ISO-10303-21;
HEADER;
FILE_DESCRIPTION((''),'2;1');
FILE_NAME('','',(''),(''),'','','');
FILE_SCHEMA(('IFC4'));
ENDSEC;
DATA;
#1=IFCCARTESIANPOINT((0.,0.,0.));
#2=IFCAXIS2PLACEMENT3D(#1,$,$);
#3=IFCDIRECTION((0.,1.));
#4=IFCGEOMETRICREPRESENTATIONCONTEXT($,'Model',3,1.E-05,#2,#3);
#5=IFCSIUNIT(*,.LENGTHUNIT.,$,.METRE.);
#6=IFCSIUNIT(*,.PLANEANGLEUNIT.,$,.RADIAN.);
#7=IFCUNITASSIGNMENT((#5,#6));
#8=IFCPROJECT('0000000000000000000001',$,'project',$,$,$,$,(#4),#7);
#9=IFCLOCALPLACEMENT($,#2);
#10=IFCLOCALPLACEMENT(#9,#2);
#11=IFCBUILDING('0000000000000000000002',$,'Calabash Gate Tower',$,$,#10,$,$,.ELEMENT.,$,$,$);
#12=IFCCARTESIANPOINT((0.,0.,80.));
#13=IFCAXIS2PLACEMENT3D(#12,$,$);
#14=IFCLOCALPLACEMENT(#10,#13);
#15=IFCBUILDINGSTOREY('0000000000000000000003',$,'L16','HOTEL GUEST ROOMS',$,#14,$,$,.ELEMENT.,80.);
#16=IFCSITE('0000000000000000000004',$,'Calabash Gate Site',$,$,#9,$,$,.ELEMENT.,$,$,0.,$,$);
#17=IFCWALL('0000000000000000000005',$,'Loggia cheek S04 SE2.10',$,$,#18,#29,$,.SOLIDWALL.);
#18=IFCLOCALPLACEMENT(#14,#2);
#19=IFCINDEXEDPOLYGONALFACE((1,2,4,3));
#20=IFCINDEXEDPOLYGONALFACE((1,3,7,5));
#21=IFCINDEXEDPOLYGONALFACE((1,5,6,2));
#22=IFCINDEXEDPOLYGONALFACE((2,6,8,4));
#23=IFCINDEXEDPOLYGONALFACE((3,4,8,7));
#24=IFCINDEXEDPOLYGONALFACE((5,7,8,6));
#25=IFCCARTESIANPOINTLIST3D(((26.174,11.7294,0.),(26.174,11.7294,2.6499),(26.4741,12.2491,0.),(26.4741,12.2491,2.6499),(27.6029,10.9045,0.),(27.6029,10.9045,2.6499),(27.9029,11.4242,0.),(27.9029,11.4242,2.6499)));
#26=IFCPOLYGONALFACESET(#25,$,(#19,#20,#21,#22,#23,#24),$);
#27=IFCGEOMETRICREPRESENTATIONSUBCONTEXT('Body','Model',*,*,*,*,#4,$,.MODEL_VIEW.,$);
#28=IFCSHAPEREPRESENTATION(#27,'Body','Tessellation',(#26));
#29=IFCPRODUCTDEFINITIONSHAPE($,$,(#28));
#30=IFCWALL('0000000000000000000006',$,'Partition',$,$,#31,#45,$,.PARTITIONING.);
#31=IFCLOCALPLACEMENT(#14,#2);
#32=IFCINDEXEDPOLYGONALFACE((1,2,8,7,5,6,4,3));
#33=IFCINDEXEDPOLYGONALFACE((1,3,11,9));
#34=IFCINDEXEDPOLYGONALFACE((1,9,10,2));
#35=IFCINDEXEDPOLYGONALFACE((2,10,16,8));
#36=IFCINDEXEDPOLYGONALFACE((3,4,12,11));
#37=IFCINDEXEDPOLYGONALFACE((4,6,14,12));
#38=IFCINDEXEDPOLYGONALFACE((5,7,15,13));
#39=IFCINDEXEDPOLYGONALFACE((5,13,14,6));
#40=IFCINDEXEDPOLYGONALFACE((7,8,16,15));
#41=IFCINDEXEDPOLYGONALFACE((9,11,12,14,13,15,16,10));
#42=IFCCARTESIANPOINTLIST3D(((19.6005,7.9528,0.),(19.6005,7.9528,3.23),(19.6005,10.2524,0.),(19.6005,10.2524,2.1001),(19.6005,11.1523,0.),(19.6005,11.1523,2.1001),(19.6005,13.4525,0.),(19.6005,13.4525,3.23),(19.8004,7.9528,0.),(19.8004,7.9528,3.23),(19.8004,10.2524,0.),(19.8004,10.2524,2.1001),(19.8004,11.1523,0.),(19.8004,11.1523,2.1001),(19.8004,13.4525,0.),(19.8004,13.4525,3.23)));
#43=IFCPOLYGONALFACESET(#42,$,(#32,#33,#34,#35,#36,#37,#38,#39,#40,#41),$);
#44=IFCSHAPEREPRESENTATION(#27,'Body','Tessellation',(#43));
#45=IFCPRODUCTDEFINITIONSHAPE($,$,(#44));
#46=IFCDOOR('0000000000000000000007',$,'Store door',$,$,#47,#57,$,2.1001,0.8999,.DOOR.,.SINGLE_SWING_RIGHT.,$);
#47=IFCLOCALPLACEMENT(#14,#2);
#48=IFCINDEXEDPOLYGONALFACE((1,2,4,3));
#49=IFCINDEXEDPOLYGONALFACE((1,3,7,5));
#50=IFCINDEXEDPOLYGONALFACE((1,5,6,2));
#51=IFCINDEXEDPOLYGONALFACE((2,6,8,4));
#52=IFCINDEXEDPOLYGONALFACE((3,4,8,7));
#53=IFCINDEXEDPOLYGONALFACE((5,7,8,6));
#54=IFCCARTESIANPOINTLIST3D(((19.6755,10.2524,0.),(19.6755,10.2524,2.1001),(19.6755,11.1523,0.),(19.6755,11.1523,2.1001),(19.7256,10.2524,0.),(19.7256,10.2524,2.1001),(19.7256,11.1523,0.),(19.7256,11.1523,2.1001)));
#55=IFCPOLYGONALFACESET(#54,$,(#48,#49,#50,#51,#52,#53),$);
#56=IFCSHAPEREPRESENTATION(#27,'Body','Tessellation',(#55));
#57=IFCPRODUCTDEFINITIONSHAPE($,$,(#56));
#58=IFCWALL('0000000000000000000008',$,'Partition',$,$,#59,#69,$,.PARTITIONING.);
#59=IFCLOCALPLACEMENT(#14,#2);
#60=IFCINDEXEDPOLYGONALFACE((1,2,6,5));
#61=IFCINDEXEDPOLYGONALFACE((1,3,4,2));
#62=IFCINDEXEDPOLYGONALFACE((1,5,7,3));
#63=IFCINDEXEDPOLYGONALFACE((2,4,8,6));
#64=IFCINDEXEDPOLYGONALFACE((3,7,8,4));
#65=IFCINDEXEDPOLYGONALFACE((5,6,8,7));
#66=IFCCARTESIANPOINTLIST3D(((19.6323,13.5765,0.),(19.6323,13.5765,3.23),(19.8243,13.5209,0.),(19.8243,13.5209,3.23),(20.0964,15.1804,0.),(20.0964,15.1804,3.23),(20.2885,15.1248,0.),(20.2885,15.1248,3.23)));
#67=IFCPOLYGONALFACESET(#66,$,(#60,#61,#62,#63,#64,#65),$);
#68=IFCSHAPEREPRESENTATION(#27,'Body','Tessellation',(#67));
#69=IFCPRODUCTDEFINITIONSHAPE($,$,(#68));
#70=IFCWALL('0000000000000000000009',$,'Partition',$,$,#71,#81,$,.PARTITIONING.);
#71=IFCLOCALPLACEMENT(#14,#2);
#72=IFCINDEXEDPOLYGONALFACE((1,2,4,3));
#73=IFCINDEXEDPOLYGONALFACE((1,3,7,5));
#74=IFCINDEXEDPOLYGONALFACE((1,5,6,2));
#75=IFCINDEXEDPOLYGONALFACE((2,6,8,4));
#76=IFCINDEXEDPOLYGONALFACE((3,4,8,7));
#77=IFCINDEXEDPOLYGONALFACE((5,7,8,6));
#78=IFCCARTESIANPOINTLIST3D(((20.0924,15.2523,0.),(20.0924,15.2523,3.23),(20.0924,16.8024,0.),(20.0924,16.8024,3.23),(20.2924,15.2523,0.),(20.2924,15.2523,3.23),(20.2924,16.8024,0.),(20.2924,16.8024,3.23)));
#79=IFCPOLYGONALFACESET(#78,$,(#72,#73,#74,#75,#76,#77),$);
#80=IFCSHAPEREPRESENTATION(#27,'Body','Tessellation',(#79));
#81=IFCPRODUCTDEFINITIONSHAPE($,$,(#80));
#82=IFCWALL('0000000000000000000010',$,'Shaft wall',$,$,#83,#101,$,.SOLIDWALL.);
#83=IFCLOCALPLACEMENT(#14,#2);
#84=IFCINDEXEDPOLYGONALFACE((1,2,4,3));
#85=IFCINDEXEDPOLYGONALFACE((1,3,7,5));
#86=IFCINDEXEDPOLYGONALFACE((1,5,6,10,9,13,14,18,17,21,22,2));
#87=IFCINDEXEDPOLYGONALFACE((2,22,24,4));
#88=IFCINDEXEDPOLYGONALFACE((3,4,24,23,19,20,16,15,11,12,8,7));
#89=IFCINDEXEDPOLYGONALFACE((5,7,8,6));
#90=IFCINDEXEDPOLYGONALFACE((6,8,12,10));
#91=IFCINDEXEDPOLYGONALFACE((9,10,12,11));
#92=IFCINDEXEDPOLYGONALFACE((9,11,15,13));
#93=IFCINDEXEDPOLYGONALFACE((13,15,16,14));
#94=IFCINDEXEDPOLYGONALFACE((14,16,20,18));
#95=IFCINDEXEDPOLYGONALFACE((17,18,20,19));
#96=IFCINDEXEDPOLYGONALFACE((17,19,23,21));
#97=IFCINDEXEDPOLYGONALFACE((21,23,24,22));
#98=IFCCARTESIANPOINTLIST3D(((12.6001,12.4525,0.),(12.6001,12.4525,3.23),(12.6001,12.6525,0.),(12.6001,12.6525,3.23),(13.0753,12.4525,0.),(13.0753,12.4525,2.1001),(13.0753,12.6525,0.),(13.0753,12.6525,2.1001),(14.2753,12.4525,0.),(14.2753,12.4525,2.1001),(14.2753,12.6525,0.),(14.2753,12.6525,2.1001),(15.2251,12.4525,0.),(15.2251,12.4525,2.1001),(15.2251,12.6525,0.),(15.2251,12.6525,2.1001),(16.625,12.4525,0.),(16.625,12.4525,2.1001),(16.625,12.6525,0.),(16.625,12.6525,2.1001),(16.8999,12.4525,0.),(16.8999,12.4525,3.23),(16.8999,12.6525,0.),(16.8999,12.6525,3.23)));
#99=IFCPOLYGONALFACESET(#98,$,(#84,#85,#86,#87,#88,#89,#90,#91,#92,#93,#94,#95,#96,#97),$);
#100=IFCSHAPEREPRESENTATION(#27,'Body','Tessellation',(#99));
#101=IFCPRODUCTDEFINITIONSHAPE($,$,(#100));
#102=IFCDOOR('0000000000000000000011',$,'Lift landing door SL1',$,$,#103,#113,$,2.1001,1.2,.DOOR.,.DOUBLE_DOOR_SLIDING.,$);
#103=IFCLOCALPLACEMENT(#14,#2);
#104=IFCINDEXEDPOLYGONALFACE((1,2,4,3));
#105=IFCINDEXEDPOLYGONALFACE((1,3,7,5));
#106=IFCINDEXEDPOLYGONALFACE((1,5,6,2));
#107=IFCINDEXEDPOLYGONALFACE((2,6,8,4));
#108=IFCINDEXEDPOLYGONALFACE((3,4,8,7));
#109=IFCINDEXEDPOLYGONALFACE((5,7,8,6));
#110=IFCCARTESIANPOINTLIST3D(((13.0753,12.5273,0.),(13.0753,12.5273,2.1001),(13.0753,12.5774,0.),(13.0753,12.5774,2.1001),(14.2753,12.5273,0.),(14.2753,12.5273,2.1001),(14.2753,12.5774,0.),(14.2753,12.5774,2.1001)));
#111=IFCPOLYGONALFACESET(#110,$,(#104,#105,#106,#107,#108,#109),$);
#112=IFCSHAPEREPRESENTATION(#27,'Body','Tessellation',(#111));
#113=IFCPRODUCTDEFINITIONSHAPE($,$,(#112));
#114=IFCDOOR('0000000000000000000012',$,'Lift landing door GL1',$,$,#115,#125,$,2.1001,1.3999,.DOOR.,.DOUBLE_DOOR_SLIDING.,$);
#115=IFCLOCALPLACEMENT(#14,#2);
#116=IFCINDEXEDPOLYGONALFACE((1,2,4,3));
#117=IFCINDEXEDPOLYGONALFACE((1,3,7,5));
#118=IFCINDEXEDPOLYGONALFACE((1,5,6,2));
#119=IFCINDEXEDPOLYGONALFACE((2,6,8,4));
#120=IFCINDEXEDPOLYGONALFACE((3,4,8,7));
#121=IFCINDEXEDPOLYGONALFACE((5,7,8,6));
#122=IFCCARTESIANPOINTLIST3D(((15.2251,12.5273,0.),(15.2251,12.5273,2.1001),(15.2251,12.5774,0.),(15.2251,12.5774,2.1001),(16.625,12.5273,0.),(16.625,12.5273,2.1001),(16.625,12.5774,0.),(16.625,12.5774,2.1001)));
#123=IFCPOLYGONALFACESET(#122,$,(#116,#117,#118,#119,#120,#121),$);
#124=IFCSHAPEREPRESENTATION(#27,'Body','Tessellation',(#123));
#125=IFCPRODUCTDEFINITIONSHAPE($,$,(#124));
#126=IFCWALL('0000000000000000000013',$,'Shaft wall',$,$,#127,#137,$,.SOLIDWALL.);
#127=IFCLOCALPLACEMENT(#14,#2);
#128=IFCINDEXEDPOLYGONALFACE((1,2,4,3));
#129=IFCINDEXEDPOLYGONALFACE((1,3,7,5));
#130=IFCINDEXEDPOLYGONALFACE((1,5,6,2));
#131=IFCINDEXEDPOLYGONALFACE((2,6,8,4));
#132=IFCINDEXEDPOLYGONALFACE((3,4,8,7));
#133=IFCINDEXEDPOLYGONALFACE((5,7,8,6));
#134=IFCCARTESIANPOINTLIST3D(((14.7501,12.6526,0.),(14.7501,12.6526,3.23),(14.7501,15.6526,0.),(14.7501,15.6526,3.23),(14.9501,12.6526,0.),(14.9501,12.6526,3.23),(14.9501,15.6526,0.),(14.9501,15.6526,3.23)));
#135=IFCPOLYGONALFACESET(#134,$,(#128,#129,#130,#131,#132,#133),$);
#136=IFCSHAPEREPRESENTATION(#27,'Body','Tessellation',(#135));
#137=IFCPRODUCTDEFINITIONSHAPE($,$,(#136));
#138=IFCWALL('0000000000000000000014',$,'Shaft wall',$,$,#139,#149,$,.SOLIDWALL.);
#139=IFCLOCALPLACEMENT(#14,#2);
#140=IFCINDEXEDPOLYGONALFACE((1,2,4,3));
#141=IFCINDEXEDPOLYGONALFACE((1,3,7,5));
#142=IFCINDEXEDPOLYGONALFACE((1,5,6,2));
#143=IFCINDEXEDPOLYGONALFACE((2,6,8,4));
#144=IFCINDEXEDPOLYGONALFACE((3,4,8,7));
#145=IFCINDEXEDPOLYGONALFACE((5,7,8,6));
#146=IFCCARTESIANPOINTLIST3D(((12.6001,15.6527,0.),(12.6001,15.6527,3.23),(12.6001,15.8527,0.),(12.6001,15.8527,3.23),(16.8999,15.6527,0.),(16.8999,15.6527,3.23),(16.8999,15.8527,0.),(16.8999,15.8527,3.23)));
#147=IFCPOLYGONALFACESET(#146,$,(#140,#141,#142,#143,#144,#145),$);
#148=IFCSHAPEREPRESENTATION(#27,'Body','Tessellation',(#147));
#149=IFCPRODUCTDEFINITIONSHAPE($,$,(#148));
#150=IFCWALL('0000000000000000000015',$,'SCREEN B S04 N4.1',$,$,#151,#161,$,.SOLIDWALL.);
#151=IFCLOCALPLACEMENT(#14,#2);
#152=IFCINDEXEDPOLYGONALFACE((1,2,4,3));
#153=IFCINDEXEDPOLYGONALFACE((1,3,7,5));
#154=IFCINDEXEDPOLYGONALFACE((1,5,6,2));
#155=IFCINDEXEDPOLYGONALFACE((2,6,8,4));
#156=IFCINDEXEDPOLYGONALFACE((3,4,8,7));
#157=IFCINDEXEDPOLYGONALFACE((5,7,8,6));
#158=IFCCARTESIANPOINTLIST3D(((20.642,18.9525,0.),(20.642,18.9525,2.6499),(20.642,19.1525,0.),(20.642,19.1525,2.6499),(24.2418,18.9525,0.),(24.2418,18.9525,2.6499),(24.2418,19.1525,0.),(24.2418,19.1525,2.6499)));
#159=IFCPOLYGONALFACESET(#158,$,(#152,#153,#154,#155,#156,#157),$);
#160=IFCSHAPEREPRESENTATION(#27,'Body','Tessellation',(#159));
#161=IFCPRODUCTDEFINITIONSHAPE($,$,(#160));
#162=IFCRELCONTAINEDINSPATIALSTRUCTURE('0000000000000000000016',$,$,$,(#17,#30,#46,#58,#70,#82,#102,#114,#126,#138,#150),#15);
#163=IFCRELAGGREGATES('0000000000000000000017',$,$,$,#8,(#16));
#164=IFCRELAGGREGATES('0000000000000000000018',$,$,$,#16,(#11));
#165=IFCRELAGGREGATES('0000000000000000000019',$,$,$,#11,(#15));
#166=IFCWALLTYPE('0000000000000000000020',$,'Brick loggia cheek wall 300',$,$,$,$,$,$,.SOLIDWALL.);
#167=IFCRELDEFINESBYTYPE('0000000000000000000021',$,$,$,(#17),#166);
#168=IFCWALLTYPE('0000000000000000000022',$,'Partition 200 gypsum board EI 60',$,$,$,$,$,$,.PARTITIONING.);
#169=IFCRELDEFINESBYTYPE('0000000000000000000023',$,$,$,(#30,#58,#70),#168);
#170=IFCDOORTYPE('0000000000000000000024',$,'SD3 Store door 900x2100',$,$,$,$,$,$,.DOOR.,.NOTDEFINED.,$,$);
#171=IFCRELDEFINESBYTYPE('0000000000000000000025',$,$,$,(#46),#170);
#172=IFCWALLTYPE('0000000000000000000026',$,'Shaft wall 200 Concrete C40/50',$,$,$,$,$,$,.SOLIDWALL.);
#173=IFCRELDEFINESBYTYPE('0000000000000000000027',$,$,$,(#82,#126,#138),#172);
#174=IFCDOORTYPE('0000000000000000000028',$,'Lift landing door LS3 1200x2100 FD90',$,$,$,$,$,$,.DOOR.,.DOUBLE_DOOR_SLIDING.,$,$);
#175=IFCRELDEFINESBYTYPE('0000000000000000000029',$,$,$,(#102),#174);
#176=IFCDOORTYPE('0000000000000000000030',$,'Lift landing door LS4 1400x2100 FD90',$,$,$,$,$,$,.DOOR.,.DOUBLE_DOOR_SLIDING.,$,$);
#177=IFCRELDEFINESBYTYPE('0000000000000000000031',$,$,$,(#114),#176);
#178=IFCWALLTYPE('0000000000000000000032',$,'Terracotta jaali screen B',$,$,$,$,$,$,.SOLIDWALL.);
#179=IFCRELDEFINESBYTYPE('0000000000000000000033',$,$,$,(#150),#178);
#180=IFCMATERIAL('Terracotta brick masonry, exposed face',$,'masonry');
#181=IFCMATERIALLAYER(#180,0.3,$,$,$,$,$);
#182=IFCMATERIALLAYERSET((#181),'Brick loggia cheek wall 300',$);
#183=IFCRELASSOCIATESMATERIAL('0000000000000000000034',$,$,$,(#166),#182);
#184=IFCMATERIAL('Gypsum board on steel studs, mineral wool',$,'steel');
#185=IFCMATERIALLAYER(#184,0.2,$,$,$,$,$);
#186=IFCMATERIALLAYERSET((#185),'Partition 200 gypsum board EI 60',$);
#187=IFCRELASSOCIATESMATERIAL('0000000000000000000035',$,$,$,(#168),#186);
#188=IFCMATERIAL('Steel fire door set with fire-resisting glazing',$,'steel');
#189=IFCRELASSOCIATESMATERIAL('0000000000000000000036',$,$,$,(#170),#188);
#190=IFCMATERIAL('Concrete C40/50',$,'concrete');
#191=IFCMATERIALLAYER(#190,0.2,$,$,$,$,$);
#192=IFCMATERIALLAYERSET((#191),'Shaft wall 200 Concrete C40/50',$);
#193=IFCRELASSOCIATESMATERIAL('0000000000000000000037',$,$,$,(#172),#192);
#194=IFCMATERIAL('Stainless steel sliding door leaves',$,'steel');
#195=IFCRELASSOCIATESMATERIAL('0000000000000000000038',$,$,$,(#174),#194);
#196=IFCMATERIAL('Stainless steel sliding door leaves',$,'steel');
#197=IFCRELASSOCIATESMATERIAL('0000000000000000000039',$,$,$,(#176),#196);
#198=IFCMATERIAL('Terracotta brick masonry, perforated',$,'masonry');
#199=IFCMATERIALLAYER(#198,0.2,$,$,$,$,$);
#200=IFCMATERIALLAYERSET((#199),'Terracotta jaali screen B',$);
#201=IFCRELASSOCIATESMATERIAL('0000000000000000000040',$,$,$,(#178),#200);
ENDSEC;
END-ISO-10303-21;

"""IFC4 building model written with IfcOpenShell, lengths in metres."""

from ifc_helpers import new_model, si_unit, direction, frame, frame_2d, origin, place, context, subcontext, project, spatial, rectangle, extrude, material, layer, layer_set, type_object, element, fill, save


model = new_model("IFC4")

# Units and contexts
model_context = context("Model", 3, precision=1e-05, world=origin(), true_north=direction((0.0, 1.0)))
body_context = subcontext(model_context, "Body", "Model", "MODEL_VIEW")
ifc_project = project(units=[si_unit("LENGTHUNIT", "METRE"), si_unit("PLANEANGLEUNIT", "RADIAN")], contexts=[model_context])

# Site, building, storey
site_placement = place(None, origin())
site = spatial("IfcSite", under=ifc_project, at=site_placement, Name="Calabash Gate Site", CompositionType="ELEMENT", RefElevation=0.0)
building_placement = place(site_placement, origin())
building = spatial("IfcBuilding", under=site, at=building_placement, Name="Calabash Gate Tower", CompositionType="ELEMENT")
storey_placement = place(building_placement, frame((0.0, 0.0, 80.0)))
storey = spatial("IfcBuildingStorey", under=building, at=storey_placement, Name="L16", Description="HOTEL GUEST ROOMS", CompositionType="ELEMENT", Elevation=80.0)

# Wall
ifc_material_1 = material(Name="Terracotta brick masonry, exposed face", Category="masonry")
ifc_layer_1 = layer(ifc_material_1, 0.3)
ifc_layer_set_1 = layer_set([ifc_layer_1], Name="Brick loggia cheek wall 300")
wall_type_1 = type_object("IfcWallType", Name="Brick loggia cheek wall 300", PredefinedType="SOLIDWALL", material=ifc_layer_set_1)
wall_1_placement = place(storey_placement, frame((27.7529, 11.1643, 0.0), z_axis=(0.0, 0.0, 1.0), x_axis=(-0.86604, 0.499974, 0.0)))
element("IfcWall", 1, at=wall_1_placement, inside=storey, type_object=wall_type_1, Name="Loggia cheek S04 SE2.10", PredefinedType="SOLIDWALL", context=body_context, shape_type="SweptSolid", body=[
    extrude(rectangle(XDim=1.6499, YDim=0.6001, at=frame_2d((0.825, 0.0))), origin(), (0.0, 0.0, 1.0), 2.6499),
])

# Wall, opening, door
ifc_material_2 = material(Name="Gypsum board on steel studs, mineral wool", Category="steel")
ifc_layer_2 = layer(ifc_material_2, 0.2)
ifc_layer_set_2 = layer_set([ifc_layer_2], Name="Partition 200 gypsum board EI 60")
wall_type_2 = type_object("IfcWallType", Name="Partition 200 gypsum board EI 60", PredefinedType="PARTITIONING", material=ifc_layer_set_2)
wall_2_placement = place(storey_placement, frame((19.7004, 7.9526, 0.0), z_axis=(0.0, 0.0, 1.0), x_axis=(0.0, 1.0, 0.0)))
wall_2 = element("IfcWall", 2, at=wall_2_placement, inside=storey, type_object=wall_type_2, Name="Partition", PredefinedType="PARTITIONING", context=body_context, shape_type="SweptSolid", body=[
    extrude(rectangle(XDim=5.4998, YDim=0.2, at=frame_2d((2.75, 0.0))), origin(), (0.0, 0.0, 1.0), 3.23),
])
opening_1_placement = place(wall_2_placement, frame((2.2998, 0.0, 0.0)))
opening_1 = element("IfcOpeningElement", 3, at=opening_1_placement, cuts=wall_2, PredefinedType="OPENING", context=body_context, shape_type="SweptSolid", body=[
    extrude(rectangle(XDim=0.8999, YDim=2.1001, at=frame_2d((0.45, 1.05))), frame((0.0, 0.1099, 0.0), z_axis=(0.0, -1.0, 0.0), x_axis=(1.0, 0.0, 0.0)), (0.0, 0.0, 1.0), 0.22),
])
ifc_material_3 = material(Name="Steel fire door set with fire-resisting glazing", Category="steel")
door_type_1 = type_object("IfcDoorType", Name="SD3 Store door 900x2100", OperationType="NOTDEFINED", PredefinedType="DOOR", material=ifc_material_3)
door_1_placement = place(opening_1_placement, origin())
door_1 = element("IfcDoor", 4, at=door_1_placement, inside=storey, type_object=door_type_1, Name="Store door", OperationType="SINGLE_SWING_RIGHT", OverallHeight=2.1001, OverallWidth=0.8999, PredefinedType="DOOR", context=body_context, shape_type="SweptSolid", body=[
    extrude(rectangle(XDim=0.8999, YDim=2.1001, at=frame_2d((0.45, 1.05))), frame((0.0, 0.0249, 0.0), z_axis=(0.0, -1.0, 0.0), x_axis=(1.0, 0.0, 0.0)), (0.0, 0.0, 1.0), 0.05),
])
fill(opening_1, door_1)

# Walls
wall_3_placement = place(storey_placement, frame((19.7283, 13.5486, 0.0), z_axis=(0.0, 0.0, 1.0), x_axis=(0.277984, 0.960586, 0.0)))
element("IfcWall", 5, at=wall_3_placement, inside=storey, type_object=wall_type_2, Name="Partition", PredefinedType="PARTITIONING", context=body_context, shape_type="SweptSolid", body=[
    extrude(rectangle(XDim=1.6697, YDim=0.2, at=frame_2d((0.835, 0.0))), origin(), (0.0, 0.0, 1.0), 3.23),
])
wall_4_placement = place(storey_placement, frame((20.1924, 15.2524, 0.0), z_axis=(0.0, 0.0, 1.0), x_axis=(0.0, 1.0, 0.0)))
element("IfcWall", 6, at=wall_4_placement, inside=storey, type_object=wall_type_2, Name="Partition", PredefinedType="PARTITIONING", context=body_context, shape_type="SweptSolid", body=[
    extrude(rectangle(XDim=1.55, YDim=0.2, at=frame_2d((0.7749, 0.0))), origin(), (0.0, 0.0, 1.0), 3.23),
])

# Wall, openings, doors
ifc_material_4 = material(Name="Concrete C40/50", Category="concrete")
ifc_layer_3 = layer(ifc_material_4, 0.2)
ifc_layer_set_3 = layer_set([ifc_layer_3], Name="Shaft wall 200 Concrete C40/50")
wall_type_3 = type_object("IfcWallType", Name="Shaft wall 200 Concrete C40/50", PredefinedType="SOLIDWALL", material=ifc_layer_set_3)
wall_5_placement = place(storey_placement, frame((12.6001, 12.5525, 0.0), z_axis=(0.0, 0.0, 1.0), x_axis=(1.0, 0.0, 0.0)))
wall_5 = element("IfcWall", 7, at=wall_5_placement, inside=storey, type_object=wall_type_3, Name="Shaft wall", PredefinedType="SOLIDWALL", context=body_context, shape_type="SweptSolid", body=[
    extrude(rectangle(XDim=4.2998, YDim=0.2, at=frame_2d((2.1499, 0.0))), origin(), (0.0, 0.0, 1.0), 3.23),
])
opening_2_placement = place(wall_5_placement, frame((0.4751, 0.0, 0.0)))
opening_2 = element("IfcOpeningElement", 8, at=opening_2_placement, cuts=wall_5, PredefinedType="OPENING", context=body_context, shape_type="SweptSolid", body=[
    extrude(rectangle(XDim=1.2, YDim=2.1001, at=frame_2d((0.6001, 1.05))), frame((0.0, 0.1099, 0.0), z_axis=(0.0, -1.0, 0.0), x_axis=(1.0, 0.0, 0.0)), (0.0, 0.0, 1.0), 0.22),
])
opening_3_placement = place(wall_5_placement, frame((2.625, 0.0, 0.0)))
opening_3 = element("IfcOpeningElement", 9, at=opening_3_placement, cuts=wall_5, PredefinedType="OPENING", context=body_context, shape_type="SweptSolid", body=[
    extrude(rectangle(XDim=1.3999, YDim=2.1001, at=frame_2d((0.7, 1.05))), frame((0.0, 0.1099, 0.0), z_axis=(0.0, -1.0, 0.0), x_axis=(1.0, 0.0, 0.0)), (0.0, 0.0, 1.0), 0.22),
])
ifc_material_5 = material(Name="Stainless steel sliding door leaves", Category="steel")
door_type_2 = type_object("IfcDoorType", Name="Lift landing door LS3 1200x2100 FD90", OperationType="DOUBLE_DOOR_SLIDING", PredefinedType="DOOR", material=ifc_material_5)
door_2_placement = place(opening_2_placement, origin())
door_2 = element("IfcDoor", 10, at=door_2_placement, inside=storey, type_object=door_type_2, Name="Lift landing door SL1", OperationType="DOUBLE_DOOR_SLIDING", OverallHeight=2.1001, OverallWidth=1.2, PredefinedType="DOOR", context=body_context, shape_type="SweptSolid", body=[
    extrude(rectangle(XDim=1.2, YDim=2.1001, at=frame_2d((0.6001, 1.05))), frame((0.0, 0.0249, 0.0), z_axis=(0.0, -1.0, 0.0), x_axis=(1.0, 0.0, 0.0)), (0.0, 0.0, 1.0), 0.05),
])
fill(opening_2, door_2)
ifc_material_6 = material(Name="Stainless steel sliding door leaves", Category="steel")
door_type_3 = type_object("IfcDoorType", Name="Lift landing door LS4 1400x2100 FD90", OperationType="DOUBLE_DOOR_SLIDING", PredefinedType="DOOR", material=ifc_material_6)
door_3_placement = place(opening_3_placement, origin())
door_3 = element("IfcDoor", 11, at=door_3_placement, inside=storey, type_object=door_type_3, Name="Lift landing door GL1", OperationType="DOUBLE_DOOR_SLIDING", OverallHeight=2.1001, OverallWidth=1.3999, PredefinedType="DOOR", context=body_context, shape_type="SweptSolid", body=[
    extrude(rectangle(XDim=1.3999, YDim=2.1001, at=frame_2d((0.7, 1.05))), frame((0.0, 0.0249, 0.0), z_axis=(0.0, -1.0, 0.0), x_axis=(1.0, 0.0, 0.0)), (0.0, 0.0, 1.0), 0.05),
])
fill(opening_3, door_3)

# Walls
wall_6_placement = place(storey_placement, frame((14.8501, 12.6526, 0.0), z_axis=(0.0, 0.0, 1.0), x_axis=(0.0, 1.0, 0.0)))
element("IfcWall", 12, at=wall_6_placement, inside=storey, type_object=wall_type_3, Name="Shaft wall", PredefinedType="SOLIDWALL", context=body_context, shape_type="SweptSolid", body=[
    extrude(rectangle(XDim=3.0, YDim=0.2, at=frame_2d((1.5, 0.0))), origin(), (0.0, 0.0, 1.0), 3.23),
])
wall_7_placement = place(storey_placement, frame((12.6001, 15.7527, 0.0), z_axis=(0.0, 0.0, 1.0), x_axis=(1.0, 0.0, 0.0)))
element("IfcWall", 13, at=wall_7_placement, inside=storey, type_object=wall_type_3, Name="Shaft wall", PredefinedType="SOLIDWALL", context=body_context, shape_type="SweptSolid", body=[
    extrude(rectangle(XDim=4.2998, YDim=0.2, at=frame_2d((2.1499, 0.0))), origin(), (0.0, 0.0, 1.0), 3.23),
])
ifc_material_7 = material(Name="Terracotta brick masonry, perforated", Category="masonry")
ifc_layer_4 = layer(ifc_material_7, 0.2)
ifc_layer_set_4 = layer_set([ifc_layer_4], Name="Terracotta jaali screen B")
wall_type_4 = type_object("IfcWallType", Name="Terracotta jaali screen B", PredefinedType="SOLIDWALL", material=ifc_layer_set_4)
wall_8_placement = place(storey_placement, frame((24.2417, 19.0525, 0.0), z_axis=(0.0, 0.0, 1.0), x_axis=(-1.0, 0.0, 0.0)))
element("IfcWall", 14, at=wall_8_placement, inside=storey, type_object=wall_type_4, Name="SCREEN B S04 N4.1", PredefinedType="SOLIDWALL", context=body_context, shape_type="SweptSolid", body=[
    extrude(rectangle(XDim=3.5999, YDim=0.2, at=frame_2d((1.7998, 0.0))), origin(), (0.0, 0.0, 1.0), 2.6499),
])

save(model, "model.ifc")
